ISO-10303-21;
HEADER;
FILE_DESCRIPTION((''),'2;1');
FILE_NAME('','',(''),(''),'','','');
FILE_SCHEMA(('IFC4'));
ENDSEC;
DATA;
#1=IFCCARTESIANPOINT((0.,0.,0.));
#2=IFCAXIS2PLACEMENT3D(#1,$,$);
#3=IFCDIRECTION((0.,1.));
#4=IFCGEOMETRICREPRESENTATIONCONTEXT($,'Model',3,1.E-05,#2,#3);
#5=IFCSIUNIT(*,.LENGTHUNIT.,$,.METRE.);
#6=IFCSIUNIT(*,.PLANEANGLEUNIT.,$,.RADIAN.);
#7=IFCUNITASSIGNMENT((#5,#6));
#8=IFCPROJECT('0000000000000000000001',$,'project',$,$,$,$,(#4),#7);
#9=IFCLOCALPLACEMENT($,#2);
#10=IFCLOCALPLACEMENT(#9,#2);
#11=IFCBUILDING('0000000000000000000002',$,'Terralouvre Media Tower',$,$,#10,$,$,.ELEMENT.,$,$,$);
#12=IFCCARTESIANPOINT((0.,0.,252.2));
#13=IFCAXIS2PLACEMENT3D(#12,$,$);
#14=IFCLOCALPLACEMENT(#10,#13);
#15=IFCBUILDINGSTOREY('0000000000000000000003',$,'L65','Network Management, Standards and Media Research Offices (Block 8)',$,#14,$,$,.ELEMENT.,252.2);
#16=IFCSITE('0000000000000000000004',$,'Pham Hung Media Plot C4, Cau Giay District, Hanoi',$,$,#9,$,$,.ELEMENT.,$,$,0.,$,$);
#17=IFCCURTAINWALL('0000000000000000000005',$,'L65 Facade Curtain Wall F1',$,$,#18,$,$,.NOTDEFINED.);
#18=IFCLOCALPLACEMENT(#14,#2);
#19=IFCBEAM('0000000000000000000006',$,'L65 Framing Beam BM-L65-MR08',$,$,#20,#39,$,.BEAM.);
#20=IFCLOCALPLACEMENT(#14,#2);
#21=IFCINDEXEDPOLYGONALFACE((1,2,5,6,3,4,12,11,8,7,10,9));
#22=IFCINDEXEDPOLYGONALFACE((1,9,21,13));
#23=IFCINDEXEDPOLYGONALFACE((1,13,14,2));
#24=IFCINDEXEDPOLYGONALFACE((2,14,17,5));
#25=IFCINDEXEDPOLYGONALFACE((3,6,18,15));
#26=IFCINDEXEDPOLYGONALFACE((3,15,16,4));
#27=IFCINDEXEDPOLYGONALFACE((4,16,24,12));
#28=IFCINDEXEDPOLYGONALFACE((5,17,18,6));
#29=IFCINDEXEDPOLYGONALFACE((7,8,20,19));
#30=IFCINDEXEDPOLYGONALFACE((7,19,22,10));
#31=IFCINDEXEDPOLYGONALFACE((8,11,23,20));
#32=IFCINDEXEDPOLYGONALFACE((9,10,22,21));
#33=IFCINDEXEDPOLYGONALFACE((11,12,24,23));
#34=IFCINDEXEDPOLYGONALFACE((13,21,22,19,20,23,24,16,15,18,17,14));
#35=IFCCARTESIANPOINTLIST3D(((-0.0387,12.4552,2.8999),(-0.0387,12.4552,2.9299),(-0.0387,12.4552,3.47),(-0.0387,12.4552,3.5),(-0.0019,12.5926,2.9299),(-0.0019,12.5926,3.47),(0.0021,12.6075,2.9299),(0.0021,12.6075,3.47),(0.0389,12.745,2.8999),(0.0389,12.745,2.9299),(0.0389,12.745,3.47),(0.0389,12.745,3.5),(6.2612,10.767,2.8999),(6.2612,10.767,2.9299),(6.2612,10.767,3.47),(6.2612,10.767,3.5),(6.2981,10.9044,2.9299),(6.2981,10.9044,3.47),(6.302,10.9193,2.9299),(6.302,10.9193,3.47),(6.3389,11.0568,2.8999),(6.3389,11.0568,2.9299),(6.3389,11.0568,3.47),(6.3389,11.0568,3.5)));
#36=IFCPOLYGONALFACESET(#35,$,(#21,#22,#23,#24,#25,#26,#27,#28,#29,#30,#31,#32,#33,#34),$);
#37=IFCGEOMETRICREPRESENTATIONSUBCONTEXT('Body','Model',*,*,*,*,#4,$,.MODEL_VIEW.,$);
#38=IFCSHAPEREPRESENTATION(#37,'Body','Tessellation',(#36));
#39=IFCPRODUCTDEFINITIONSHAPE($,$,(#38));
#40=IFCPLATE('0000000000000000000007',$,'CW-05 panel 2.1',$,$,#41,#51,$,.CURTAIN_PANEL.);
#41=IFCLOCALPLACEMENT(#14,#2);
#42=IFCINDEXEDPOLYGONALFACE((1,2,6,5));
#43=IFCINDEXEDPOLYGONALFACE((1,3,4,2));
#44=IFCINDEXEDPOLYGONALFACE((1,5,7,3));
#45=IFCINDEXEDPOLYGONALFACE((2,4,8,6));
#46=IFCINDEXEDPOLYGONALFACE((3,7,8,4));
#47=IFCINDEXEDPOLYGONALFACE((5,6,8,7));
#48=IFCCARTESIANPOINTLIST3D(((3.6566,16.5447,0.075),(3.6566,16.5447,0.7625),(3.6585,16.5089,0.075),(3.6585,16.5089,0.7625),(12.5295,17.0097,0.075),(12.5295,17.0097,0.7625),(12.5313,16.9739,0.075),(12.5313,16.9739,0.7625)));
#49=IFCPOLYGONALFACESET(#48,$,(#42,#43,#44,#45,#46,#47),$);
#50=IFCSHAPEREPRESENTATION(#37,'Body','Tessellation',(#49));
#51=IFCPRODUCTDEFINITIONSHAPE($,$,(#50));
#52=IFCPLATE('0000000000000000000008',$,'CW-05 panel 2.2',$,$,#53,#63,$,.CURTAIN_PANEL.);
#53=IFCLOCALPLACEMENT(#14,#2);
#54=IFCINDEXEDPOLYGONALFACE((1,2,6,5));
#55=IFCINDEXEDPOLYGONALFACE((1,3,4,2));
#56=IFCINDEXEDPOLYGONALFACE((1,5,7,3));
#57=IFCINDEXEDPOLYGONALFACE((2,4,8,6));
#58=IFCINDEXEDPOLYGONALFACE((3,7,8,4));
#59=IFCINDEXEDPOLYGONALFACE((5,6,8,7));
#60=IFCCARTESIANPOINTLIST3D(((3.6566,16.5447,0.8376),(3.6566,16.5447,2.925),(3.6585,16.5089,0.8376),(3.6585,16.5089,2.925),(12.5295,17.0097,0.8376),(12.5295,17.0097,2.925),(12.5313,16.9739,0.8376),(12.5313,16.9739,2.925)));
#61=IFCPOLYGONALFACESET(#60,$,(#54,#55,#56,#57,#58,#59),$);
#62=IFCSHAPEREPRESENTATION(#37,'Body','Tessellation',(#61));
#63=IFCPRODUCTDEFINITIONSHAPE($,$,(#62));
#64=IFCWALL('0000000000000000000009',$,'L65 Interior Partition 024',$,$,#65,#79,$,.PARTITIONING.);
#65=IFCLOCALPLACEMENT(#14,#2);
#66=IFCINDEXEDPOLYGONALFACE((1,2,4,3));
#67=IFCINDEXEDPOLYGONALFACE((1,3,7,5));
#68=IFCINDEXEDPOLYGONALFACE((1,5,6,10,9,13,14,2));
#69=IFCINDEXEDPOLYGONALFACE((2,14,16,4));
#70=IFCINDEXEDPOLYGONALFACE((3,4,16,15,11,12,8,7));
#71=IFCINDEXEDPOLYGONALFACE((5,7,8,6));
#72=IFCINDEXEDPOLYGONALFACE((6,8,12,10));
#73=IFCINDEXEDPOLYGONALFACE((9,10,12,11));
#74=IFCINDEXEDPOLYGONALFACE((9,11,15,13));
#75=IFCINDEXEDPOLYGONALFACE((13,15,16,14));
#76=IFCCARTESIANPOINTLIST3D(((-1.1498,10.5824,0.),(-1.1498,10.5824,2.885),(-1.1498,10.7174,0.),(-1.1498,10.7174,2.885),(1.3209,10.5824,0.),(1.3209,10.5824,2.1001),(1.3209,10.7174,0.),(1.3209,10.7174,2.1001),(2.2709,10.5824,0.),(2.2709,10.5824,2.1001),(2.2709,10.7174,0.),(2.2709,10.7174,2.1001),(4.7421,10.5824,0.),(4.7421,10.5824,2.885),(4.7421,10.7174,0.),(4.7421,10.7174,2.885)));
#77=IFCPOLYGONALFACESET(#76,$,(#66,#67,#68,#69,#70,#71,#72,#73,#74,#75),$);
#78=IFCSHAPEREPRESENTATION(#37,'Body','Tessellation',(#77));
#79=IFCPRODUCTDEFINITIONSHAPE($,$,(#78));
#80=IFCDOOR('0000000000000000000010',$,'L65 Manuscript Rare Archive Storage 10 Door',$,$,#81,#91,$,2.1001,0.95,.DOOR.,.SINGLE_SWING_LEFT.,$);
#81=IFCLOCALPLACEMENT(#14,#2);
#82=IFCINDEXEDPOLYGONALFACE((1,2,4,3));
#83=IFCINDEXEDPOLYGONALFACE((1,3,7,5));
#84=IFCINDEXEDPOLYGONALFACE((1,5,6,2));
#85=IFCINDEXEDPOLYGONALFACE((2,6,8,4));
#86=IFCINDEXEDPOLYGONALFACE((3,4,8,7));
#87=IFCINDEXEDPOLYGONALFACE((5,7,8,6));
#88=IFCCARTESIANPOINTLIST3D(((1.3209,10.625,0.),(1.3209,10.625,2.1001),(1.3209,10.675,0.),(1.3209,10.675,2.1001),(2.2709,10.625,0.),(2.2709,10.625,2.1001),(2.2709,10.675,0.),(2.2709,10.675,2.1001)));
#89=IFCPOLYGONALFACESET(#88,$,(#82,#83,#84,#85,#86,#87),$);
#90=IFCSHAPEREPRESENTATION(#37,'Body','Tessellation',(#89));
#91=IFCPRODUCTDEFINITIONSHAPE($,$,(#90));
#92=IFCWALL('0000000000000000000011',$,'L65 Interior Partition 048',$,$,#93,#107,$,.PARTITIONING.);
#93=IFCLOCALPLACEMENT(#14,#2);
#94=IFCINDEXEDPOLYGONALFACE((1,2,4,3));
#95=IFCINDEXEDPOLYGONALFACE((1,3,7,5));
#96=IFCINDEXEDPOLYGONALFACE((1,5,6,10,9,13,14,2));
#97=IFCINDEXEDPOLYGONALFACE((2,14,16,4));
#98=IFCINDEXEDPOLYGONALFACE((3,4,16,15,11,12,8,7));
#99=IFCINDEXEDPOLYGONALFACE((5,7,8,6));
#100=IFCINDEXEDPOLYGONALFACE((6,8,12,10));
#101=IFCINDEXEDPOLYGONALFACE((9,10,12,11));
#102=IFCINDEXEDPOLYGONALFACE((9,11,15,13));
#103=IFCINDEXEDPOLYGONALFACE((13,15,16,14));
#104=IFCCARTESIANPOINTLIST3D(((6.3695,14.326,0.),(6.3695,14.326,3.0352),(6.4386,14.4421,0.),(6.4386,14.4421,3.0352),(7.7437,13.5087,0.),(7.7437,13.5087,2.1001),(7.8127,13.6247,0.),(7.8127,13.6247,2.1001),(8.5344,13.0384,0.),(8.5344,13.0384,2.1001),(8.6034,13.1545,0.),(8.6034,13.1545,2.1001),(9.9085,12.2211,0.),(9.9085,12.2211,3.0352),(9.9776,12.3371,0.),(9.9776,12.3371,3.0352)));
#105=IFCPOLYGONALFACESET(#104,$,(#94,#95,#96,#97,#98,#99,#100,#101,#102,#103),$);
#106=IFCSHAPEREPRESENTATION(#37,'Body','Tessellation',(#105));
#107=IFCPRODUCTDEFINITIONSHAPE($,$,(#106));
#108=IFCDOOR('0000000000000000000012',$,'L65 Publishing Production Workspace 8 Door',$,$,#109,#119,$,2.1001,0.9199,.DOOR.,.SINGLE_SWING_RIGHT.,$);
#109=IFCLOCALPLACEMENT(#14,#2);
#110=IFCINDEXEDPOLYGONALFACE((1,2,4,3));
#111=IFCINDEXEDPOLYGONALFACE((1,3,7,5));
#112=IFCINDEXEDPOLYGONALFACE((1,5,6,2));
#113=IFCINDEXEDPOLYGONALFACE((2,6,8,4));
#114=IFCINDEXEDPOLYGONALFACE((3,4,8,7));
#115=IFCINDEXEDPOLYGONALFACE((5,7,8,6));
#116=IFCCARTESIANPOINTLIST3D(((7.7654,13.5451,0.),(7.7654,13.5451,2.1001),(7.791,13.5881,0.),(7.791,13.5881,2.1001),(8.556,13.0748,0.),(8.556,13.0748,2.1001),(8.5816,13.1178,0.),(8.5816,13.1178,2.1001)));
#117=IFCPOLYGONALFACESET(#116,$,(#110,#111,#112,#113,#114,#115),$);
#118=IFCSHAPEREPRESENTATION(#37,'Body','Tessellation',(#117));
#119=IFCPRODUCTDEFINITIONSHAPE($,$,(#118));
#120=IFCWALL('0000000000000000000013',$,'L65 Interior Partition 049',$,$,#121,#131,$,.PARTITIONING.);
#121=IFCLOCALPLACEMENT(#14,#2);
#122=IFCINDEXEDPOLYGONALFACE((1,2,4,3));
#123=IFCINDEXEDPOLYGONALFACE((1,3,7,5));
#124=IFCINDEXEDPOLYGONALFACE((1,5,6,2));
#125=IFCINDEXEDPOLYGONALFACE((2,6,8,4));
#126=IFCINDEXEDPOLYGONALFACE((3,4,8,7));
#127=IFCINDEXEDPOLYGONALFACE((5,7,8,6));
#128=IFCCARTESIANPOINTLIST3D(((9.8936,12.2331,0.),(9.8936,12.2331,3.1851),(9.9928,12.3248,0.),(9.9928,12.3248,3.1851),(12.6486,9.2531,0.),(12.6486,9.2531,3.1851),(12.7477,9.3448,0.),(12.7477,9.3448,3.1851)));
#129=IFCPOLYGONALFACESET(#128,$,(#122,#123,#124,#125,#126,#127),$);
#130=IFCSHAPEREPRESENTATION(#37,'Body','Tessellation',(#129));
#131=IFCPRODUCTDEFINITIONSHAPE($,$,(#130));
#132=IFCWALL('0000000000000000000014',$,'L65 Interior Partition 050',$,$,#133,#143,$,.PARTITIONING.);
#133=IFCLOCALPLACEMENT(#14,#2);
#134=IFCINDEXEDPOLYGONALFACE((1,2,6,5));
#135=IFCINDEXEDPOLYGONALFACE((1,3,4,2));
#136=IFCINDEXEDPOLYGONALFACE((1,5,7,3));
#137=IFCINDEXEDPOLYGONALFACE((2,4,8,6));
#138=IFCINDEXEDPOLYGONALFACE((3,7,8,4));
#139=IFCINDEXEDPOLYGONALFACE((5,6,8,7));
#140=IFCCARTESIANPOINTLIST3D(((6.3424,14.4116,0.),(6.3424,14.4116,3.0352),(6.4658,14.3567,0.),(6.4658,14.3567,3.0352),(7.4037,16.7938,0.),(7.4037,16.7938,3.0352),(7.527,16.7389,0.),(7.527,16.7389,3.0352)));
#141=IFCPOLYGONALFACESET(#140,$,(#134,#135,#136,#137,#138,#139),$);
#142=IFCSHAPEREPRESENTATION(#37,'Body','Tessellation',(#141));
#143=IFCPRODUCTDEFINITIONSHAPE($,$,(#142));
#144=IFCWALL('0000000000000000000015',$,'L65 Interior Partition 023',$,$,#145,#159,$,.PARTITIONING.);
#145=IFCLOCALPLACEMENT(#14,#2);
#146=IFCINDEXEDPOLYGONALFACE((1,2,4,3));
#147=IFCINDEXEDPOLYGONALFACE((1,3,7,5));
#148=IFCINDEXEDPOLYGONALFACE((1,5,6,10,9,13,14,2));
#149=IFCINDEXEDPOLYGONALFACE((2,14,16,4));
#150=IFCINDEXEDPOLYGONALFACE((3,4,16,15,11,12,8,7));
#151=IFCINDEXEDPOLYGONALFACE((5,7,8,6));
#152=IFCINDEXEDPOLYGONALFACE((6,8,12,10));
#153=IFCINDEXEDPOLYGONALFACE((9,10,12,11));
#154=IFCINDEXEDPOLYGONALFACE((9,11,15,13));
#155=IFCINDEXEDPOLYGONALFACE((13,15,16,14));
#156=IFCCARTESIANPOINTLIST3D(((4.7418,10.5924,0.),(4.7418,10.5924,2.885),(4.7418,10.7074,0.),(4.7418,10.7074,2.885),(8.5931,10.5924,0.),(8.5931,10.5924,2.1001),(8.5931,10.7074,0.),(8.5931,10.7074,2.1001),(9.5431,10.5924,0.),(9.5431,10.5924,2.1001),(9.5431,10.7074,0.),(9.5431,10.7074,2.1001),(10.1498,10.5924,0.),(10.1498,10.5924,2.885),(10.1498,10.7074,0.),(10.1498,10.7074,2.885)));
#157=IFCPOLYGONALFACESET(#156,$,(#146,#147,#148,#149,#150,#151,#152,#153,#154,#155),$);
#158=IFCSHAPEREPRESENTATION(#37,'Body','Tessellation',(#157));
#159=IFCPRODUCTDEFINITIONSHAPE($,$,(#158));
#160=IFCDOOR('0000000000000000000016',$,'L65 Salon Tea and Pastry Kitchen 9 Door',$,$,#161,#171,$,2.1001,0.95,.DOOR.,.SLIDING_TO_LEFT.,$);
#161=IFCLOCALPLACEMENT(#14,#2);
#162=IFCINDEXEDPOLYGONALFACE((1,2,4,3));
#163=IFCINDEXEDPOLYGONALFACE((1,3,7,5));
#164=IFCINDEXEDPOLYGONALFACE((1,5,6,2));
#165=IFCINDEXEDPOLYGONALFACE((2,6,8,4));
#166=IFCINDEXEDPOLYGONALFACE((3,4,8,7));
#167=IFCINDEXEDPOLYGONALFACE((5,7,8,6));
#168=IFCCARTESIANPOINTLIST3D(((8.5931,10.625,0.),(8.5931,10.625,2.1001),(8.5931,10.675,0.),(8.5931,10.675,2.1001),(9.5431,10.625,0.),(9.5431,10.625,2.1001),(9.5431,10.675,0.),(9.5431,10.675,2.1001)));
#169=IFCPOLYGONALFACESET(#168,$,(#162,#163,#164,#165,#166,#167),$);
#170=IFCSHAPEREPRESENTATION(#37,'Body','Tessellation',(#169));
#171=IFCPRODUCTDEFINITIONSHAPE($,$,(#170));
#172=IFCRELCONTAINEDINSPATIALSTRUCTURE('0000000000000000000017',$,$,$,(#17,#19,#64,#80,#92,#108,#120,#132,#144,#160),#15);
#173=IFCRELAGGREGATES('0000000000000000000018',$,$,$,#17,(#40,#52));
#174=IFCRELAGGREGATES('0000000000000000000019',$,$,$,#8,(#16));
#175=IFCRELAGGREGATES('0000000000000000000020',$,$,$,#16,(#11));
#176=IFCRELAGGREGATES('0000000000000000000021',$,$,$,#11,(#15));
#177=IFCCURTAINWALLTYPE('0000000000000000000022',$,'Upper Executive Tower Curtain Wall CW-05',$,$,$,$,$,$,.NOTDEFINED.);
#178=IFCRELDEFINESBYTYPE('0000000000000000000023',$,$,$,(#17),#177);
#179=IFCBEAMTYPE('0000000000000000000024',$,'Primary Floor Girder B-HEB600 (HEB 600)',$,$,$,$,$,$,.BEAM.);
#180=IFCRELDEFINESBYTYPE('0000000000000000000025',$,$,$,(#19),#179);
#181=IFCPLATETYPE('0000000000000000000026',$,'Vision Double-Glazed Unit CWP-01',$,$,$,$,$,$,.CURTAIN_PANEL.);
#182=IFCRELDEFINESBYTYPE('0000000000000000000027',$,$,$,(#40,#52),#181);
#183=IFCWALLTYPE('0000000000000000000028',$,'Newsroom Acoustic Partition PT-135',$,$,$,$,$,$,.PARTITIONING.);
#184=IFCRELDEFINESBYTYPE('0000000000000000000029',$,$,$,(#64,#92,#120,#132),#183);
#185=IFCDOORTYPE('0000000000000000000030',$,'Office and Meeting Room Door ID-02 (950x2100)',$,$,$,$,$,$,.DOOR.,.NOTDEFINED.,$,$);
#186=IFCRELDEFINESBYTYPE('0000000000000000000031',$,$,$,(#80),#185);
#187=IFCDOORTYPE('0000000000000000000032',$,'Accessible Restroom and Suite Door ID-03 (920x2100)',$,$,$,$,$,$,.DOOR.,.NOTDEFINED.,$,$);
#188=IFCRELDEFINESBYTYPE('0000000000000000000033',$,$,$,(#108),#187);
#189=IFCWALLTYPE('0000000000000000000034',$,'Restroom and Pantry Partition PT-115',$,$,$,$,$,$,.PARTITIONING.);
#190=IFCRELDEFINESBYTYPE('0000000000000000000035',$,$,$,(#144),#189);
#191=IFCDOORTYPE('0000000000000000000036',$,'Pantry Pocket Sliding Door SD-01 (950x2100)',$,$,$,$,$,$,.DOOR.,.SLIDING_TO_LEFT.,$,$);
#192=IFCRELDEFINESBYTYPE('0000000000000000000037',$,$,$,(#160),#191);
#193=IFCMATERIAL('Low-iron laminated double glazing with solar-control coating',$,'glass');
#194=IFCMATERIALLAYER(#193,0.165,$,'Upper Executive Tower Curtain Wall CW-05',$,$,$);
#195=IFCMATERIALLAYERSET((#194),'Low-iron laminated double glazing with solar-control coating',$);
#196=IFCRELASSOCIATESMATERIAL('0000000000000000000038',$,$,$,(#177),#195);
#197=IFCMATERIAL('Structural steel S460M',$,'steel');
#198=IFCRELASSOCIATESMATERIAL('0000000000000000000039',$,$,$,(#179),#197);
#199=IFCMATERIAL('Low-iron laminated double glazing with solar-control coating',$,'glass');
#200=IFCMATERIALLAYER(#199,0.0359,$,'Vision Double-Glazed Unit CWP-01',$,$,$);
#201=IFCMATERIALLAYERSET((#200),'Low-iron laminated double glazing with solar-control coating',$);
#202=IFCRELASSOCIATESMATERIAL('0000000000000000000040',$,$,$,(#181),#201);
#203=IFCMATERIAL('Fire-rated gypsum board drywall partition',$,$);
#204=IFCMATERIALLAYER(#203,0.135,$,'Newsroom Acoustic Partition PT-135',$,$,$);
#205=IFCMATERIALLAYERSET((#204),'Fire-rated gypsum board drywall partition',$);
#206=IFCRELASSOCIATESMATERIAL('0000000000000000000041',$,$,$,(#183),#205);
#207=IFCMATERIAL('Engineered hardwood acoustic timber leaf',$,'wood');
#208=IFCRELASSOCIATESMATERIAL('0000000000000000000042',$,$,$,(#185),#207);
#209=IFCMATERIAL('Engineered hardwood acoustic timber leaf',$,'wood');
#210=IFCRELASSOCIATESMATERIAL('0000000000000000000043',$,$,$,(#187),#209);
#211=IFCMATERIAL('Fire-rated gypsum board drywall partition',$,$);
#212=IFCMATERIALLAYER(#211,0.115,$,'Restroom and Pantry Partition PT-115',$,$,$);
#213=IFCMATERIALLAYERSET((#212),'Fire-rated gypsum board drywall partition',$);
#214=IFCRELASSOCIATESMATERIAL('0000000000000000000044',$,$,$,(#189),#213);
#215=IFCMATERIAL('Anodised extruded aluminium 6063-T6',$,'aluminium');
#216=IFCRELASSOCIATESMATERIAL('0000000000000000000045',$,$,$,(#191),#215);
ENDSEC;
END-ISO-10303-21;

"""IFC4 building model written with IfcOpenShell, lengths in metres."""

from ifc_helpers import new_model, si_unit, direction, frame, frame_2d, origin, origin_2d, place, context, subcontext, project, spatial, rectangle, i_section, extrude, material, layer, layer_set, material_profile, profile_set, type_object, element, fill, aggregate, save


model = new_model("IFC4")

# Units and contexts
model_context = context("Model", 3, precision=1e-05, world=origin(), true_north=direction((0.0, 1.0)))
body_context = subcontext(model_context, "Body", "Model", "MODEL_VIEW")
ifc_project = project(units=[si_unit("LENGTHUNIT", "METRE"), si_unit("PLANEANGLEUNIT", "RADIAN")], contexts=[model_context])

# Site, building, storey
site_placement = place(None, origin())
site = spatial("IfcSite", under=ifc_project, at=site_placement, Name="Pham Hung Media Plot C4, Cau Giay District, Hanoi", CompositionType="ELEMENT", RefElevation=0.0)
building_placement = place(site_placement, origin())
building = spatial("IfcBuilding", under=site, at=building_placement, Name="Terralouvre Media Tower", CompositionType="ELEMENT")
storey_placement = place(building_placement, frame((0.0, 0.0, 252.2)))
storey = spatial("IfcBuildingStorey", under=building, at=storey_placement, Name="L65", Description="Network Management, Standards and Media Research Offices (Block 8)", CompositionType="ELEMENT", Elevation=252.2)

# Curtain wall
ifc_material_1 = material(Name="Low-iron laminated double glazing with solar-control coating", Category="glass")
ifc_layer_1 = layer(ifc_material_1, 0.165, Name="Upper Executive Tower Curtain Wall CW-05")
ifc_layer_set_1 = layer_set([ifc_layer_1], Name="Low-iron laminated double glazing with solar-control coating")
curtain_wall_type = type_object("IfcCurtainWallType", Name="Upper Executive Tower Curtain Wall CW-05", PredefinedType="NOTDEFINED", material=ifc_layer_set_1)
curtain_wall_placement = place(storey_placement, origin())
curtain_wall = element("IfcCurtainWall", 1, at=curtain_wall_placement, inside=storey, type_object=curtain_wall_type, Name="L65 Facade Curtain Wall F1", PredefinedType="NOTDEFINED")

# Beam
ifc_material_2 = material(Name="Structural steel S460M", Category="steel")
ifc_material_profile_1 = material_profile(ifc_material_2, i_section(OverallWidth=0.3, OverallDepth=0.6001, WebThickness=0.0154, FlangeThickness=0.03, at=origin_2d()), Name="HEB 600")
ifc_profile_set_1 = profile_set([ifc_material_profile_1], Name="Structural steel S460M")
beam_type_1 = type_object("IfcBeamType", Name="Primary Floor Girder B-HEB600 (HEB 600)", PredefinedType="BEAM", material=ifc_profile_set_1)
beam_1_placement = place(storey_placement, frame((6.3, 10.9119, 3.2), z_axis=(-0.96592, 0.258839, 0.0), x_axis=(-0.258839, -0.96592, 0.0)))
element("IfcBeam", 2, at=beam_1_placement, inside=storey, type_object=beam_type_1, Name="L65 Framing Beam BM-L65-MR08", PredefinedType="BEAM", context=body_context, shape_type="SweptSolid", body=[
    extrude(i_section(OverallWidth=0.3, OverallDepth=0.6001, WebThickness=0.0154, FlangeThickness=0.03, at=origin_2d()), origin(), (0.0, 0.0, 1.0), 6.5222),
])

# Plates
ifc_material_3 = material(Name="Low-iron laminated double glazing with solar-control coating", Category="glass")
ifc_layer_2 = layer(ifc_material_3, 0.0359, Name="Vision Double-Glazed Unit CWP-01")
ifc_layer_set_2 = layer_set([ifc_layer_2], Name="Low-iron laminated double glazing with solar-control coating")
plate_type = type_object("IfcPlateType", Name="Vision Double-Glazed Unit CWP-01", PredefinedType="CURTAIN_PANEL", material=ifc_layer_set_2)
plate_1_placement = place(storey_placement, frame((8.094, 16.7593, 0.075), z_axis=(0.0, 0.0, 1.0), x_axis=(-0.99863, -0.052336, 0.0)))
plate_1 = element("IfcPlate", 3, at=plate_1_placement, type_object=plate_type, Name="CW-05 panel 2.1", PredefinedType="CURTAIN_PANEL", context=body_context, shape_type="SweptSolid", body=[
    extrude(rectangle(XDim=8.885, YDim=0.0359, at=origin_2d()), origin(), (0.0, 0.0, 1.0), 0.6875),
])
plate_2_placement = place(storey_placement, frame((8.094, 16.7593, 0.8376), z_axis=(0.0, 0.0, 1.0), x_axis=(-0.99863, -0.052336, 0.0)))
plate_2 = element("IfcPlate", 4, at=plate_2_placement, type_object=plate_type, Name="CW-05 panel 2.2", PredefinedType="CURTAIN_PANEL", context=body_context, shape_type="SweptSolid", body=[
    extrude(rectangle(XDim=8.885, YDim=0.0359, at=origin_2d()), origin(), (0.0, 0.0, 1.0), 2.0874),
])
aggregate(curtain_wall, [plate_1, plate_2])

# Walls, openings, doors
ifc_material_4 = material(Name="Fire-rated gypsum board drywall partition")
ifc_layer_3 = layer(ifc_material_4, 0.135, Name="Newsroom Acoustic Partition PT-135")
ifc_layer_set_3 = layer_set([ifc_layer_3], Name="Fire-rated gypsum board drywall partition")
wall_type_1 = type_object("IfcWallType", Name="Newsroom Acoustic Partition PT-135", PredefinedType="PARTITIONING", material=ifc_layer_set_3)
wall_1_placement = place(storey_placement, frame((4.7419, 10.6499, 0.0), z_axis=(0.0, 0.0, 1.0), x_axis=(-1.0, 0.0, 0.0)))
wall_1 = element("IfcWall", 5, at=wall_1_placement, inside=storey, type_object=wall_type_1, Name="L65 Interior Partition 024", PredefinedType="PARTITIONING", context=body_context, shape_type="SweptSolid", body=[
    extrude(rectangle(XDim=5.8918, YDim=0.135, at=frame_2d((2.9458, 0.0))), origin(), (0.0, 0.0, 1.0), 2.885),
])
opening_1_placement = place(wall_1_placement, frame((2.4709, 0.0, 0.0)))
opening_1 = element("IfcOpeningElement", 6, at=opening_1_placement, cuts=wall_1, PredefinedType="OPENING", context=body_context, shape_type="SweptSolid", body=[
    extrude(rectangle(XDim=0.95, YDim=2.1001, at=frame_2d((0.4751, 1.05))), frame((0.0, 0.0774, 0.0), z_axis=(0.0, -1.0, 0.0), x_axis=(1.0, 0.0, 0.0)), (0.0, 0.0, 1.0), 0.155),
])
ifc_material_5 = material(Name="Engineered hardwood acoustic timber leaf", Category="wood")
door_type_1 = type_object("IfcDoorType", Name="Office and Meeting Room Door ID-02 (950x2100)", OperationType="NOTDEFINED", PredefinedType="DOOR", material=ifc_material_5)
door_1_placement = place(opening_1_placement, origin())
door_1 = element("IfcDoor", 7, at=door_1_placement, inside=storey, type_object=door_type_1, Name="L65 Manuscript Rare Archive Storage 10 Door", OperationType="SINGLE_SWING_LEFT", OverallHeight=2.1001, OverallWidth=0.95, PredefinedType="DOOR", context=body_context, shape_type="SweptSolid", body=[
    extrude(rectangle(XDim=0.95, YDim=2.1001, at=frame_2d((0.4751, 1.05))), frame((0.0, 0.0249, 0.0), z_axis=(0.0, -1.0, 0.0), x_axis=(1.0, 0.0, 0.0)), (0.0, 0.0, 1.0), 0.05),
])
fill(opening_1, door_1)
wall_2_placement = place(storey_placement, frame((6.4041, 14.384, 0.0), z_axis=(0.0, 0.0, 1.0), x_axis=(0.859464, -0.511196, 0.0)))
wall_2 = element("IfcWall", 8, at=wall_2_placement, inside=storey, type_object=wall_type_1, Name="L65 Interior Partition 048", PredefinedType="PARTITIONING", context=body_context, shape_type="SweptSolid", body=[
    extrude(rectangle(XDim=4.1177, YDim=0.135, at=frame_2d((2.0588, 0.0))), origin(), (0.0, 0.0, 1.0), 3.0352),
])
opening_2_placement = place(wall_2_placement, frame((1.5989, 0.0, 0.0)))
opening_2 = element("IfcOpeningElement", 9, at=opening_2_placement, cuts=wall_2, PredefinedType="OPENING", context=body_context, shape_type="SweptSolid", body=[
    extrude(rectangle(XDim=0.9199, YDim=2.1001, at=frame_2d((0.46, 1.05))), frame((0.0, 0.0774, 0.0), z_axis=(0.0, -1.0, 0.0), x_axis=(1.0, 0.0, 0.0)), (0.0, 0.0, 1.0), 0.155),
])
ifc_material_6 = material(Name="Engineered hardwood acoustic timber leaf", Category="wood")
door_type_2 = type_object("IfcDoorType", Name="Accessible Restroom and Suite Door ID-03 (920x2100)", OperationType="NOTDEFINED", PredefinedType="DOOR", material=ifc_material_6)
door_2_placement = place(opening_2_placement, origin())
door_2 = element("IfcDoor", 10, at=door_2_placement, inside=storey, type_object=door_type_2, Name="L65 Publishing Production Workspace 8 Door", OperationType="SINGLE_SWING_RIGHT", OverallHeight=2.1001, OverallWidth=0.9199, PredefinedType="DOOR", context=body_context, shape_type="SweptSolid", body=[
    extrude(rectangle(XDim=0.9199, YDim=2.1001, at=frame_2d((0.46, 1.05))), frame((0.0, 0.0249, 0.0), z_axis=(0.0, -1.0, 0.0), x_axis=(1.0, 0.0, 0.0)), (0.0, 0.0, 1.0), 0.05),
])
fill(opening_2, door_2)

# Walls
wall_3_placement = place(storey_placement, frame((9.9431, 12.2791, 0.0), z_axis=(0.0, 0.0, 1.0), x_axis=(0.67883, -0.734296, 0.0)))
element("IfcWall", 11, at=wall_3_placement, inside=storey, type_object=wall_type_1, Name="L65 Interior Partition 049", PredefinedType="PARTITIONING", context=body_context, shape_type="SweptSolid", body=[
    extrude(rectangle(XDim=4.0583, YDim=0.135, at=frame_2d((2.0293, 0.0))), origin(), (0.0, 0.0, 1.0), 3.1851),
])
wall_4_placement = place(storey_placement, frame((7.4653, 16.7664, 0.0), z_axis=(0.0, 0.0, 1.0), x_axis=(-0.406929, -0.91346, 0.0)))
element("IfcWall", 12, at=wall_4_placement, inside=storey, type_object=wall_type_1, Name="L65 Interior Partition 050", PredefinedType="PARTITIONING", context=body_context, shape_type="SweptSolid", body=[
    extrude(rectangle(XDim=2.6079, YDim=0.135, at=frame_2d((1.304, 0.0))), origin(), (0.0, 0.0, 1.0), 3.0352),
])

# Wall, opening, door
ifc_material_7 = material(Name="Fire-rated gypsum board drywall partition")
ifc_layer_4 = layer(ifc_material_7, 0.115, Name="Restroom and Pantry Partition PT-115")
ifc_layer_set_4 = layer_set([ifc_layer_4], Name="Fire-rated gypsum board drywall partition")
wall_type_2 = type_object("IfcWallType", Name="Restroom and Pantry Partition PT-115", PredefinedType="PARTITIONING", material=ifc_layer_set_4)
wall_5_placement = place(storey_placement, frame((10.1499, 10.6499, 0.0), z_axis=(0.0, 0.0, 1.0), x_axis=(-1.0, 0.0, 0.0)))
wall_5 = element("IfcWall", 13, at=wall_5_placement, inside=storey, type_object=wall_type_2, Name="L65 Interior Partition 023", PredefinedType="PARTITIONING", context=body_context, shape_type="SweptSolid", body=[
    extrude(rectangle(XDim=5.408, YDim=0.115, at=frame_2d((2.7041, 0.0))), origin(), (0.0, 0.0, 1.0), 2.885),
])
opening_3_placement = place(wall_5_placement, frame((0.6067, 0.0, 0.0)))
opening_3 = element("IfcOpeningElement", 14, at=opening_3_placement, cuts=wall_5, PredefinedType="OPENING", context=body_context, shape_type="SweptSolid", body=[
    extrude(rectangle(XDim=0.95, YDim=2.1001, at=frame_2d((0.4751, 1.05))), frame((0.0, 0.0674, 0.0), z_axis=(0.0, -1.0, 0.0), x_axis=(1.0, 0.0, 0.0)), (0.0, 0.0, 1.0), 0.135),
])
ifc_material_8 = material(Name="Anodised extruded aluminium 6063-T6", Category="aluminium")
door_type_3 = type_object("IfcDoorType", Name="Pantry Pocket Sliding Door SD-01 (950x2100)", OperationType="SLIDING_TO_LEFT", PredefinedType="DOOR", material=ifc_material_8)
door_3_placement = place(opening_3_placement, origin())
door_3 = element("IfcDoor", 15, at=door_3_placement, inside=storey, type_object=door_type_3, Name="L65 Salon Tea and Pastry Kitchen 9 Door", OperationType="SLIDING_TO_LEFT", OverallHeight=2.1001, OverallWidth=0.95, PredefinedType="DOOR", context=body_context, shape_type="SweptSolid", body=[
    extrude(rectangle(XDim=0.95, YDim=2.1001, at=frame_2d((0.4751, 1.05))), frame((0.0, 0.0249, 0.0), z_axis=(0.0, -1.0, 0.0), x_axis=(1.0, 0.0, 0.0)), (0.0, 0.0, 1.0), 0.05),
])
fill(opening_3, door_3)

save(model, "model.ifc")
